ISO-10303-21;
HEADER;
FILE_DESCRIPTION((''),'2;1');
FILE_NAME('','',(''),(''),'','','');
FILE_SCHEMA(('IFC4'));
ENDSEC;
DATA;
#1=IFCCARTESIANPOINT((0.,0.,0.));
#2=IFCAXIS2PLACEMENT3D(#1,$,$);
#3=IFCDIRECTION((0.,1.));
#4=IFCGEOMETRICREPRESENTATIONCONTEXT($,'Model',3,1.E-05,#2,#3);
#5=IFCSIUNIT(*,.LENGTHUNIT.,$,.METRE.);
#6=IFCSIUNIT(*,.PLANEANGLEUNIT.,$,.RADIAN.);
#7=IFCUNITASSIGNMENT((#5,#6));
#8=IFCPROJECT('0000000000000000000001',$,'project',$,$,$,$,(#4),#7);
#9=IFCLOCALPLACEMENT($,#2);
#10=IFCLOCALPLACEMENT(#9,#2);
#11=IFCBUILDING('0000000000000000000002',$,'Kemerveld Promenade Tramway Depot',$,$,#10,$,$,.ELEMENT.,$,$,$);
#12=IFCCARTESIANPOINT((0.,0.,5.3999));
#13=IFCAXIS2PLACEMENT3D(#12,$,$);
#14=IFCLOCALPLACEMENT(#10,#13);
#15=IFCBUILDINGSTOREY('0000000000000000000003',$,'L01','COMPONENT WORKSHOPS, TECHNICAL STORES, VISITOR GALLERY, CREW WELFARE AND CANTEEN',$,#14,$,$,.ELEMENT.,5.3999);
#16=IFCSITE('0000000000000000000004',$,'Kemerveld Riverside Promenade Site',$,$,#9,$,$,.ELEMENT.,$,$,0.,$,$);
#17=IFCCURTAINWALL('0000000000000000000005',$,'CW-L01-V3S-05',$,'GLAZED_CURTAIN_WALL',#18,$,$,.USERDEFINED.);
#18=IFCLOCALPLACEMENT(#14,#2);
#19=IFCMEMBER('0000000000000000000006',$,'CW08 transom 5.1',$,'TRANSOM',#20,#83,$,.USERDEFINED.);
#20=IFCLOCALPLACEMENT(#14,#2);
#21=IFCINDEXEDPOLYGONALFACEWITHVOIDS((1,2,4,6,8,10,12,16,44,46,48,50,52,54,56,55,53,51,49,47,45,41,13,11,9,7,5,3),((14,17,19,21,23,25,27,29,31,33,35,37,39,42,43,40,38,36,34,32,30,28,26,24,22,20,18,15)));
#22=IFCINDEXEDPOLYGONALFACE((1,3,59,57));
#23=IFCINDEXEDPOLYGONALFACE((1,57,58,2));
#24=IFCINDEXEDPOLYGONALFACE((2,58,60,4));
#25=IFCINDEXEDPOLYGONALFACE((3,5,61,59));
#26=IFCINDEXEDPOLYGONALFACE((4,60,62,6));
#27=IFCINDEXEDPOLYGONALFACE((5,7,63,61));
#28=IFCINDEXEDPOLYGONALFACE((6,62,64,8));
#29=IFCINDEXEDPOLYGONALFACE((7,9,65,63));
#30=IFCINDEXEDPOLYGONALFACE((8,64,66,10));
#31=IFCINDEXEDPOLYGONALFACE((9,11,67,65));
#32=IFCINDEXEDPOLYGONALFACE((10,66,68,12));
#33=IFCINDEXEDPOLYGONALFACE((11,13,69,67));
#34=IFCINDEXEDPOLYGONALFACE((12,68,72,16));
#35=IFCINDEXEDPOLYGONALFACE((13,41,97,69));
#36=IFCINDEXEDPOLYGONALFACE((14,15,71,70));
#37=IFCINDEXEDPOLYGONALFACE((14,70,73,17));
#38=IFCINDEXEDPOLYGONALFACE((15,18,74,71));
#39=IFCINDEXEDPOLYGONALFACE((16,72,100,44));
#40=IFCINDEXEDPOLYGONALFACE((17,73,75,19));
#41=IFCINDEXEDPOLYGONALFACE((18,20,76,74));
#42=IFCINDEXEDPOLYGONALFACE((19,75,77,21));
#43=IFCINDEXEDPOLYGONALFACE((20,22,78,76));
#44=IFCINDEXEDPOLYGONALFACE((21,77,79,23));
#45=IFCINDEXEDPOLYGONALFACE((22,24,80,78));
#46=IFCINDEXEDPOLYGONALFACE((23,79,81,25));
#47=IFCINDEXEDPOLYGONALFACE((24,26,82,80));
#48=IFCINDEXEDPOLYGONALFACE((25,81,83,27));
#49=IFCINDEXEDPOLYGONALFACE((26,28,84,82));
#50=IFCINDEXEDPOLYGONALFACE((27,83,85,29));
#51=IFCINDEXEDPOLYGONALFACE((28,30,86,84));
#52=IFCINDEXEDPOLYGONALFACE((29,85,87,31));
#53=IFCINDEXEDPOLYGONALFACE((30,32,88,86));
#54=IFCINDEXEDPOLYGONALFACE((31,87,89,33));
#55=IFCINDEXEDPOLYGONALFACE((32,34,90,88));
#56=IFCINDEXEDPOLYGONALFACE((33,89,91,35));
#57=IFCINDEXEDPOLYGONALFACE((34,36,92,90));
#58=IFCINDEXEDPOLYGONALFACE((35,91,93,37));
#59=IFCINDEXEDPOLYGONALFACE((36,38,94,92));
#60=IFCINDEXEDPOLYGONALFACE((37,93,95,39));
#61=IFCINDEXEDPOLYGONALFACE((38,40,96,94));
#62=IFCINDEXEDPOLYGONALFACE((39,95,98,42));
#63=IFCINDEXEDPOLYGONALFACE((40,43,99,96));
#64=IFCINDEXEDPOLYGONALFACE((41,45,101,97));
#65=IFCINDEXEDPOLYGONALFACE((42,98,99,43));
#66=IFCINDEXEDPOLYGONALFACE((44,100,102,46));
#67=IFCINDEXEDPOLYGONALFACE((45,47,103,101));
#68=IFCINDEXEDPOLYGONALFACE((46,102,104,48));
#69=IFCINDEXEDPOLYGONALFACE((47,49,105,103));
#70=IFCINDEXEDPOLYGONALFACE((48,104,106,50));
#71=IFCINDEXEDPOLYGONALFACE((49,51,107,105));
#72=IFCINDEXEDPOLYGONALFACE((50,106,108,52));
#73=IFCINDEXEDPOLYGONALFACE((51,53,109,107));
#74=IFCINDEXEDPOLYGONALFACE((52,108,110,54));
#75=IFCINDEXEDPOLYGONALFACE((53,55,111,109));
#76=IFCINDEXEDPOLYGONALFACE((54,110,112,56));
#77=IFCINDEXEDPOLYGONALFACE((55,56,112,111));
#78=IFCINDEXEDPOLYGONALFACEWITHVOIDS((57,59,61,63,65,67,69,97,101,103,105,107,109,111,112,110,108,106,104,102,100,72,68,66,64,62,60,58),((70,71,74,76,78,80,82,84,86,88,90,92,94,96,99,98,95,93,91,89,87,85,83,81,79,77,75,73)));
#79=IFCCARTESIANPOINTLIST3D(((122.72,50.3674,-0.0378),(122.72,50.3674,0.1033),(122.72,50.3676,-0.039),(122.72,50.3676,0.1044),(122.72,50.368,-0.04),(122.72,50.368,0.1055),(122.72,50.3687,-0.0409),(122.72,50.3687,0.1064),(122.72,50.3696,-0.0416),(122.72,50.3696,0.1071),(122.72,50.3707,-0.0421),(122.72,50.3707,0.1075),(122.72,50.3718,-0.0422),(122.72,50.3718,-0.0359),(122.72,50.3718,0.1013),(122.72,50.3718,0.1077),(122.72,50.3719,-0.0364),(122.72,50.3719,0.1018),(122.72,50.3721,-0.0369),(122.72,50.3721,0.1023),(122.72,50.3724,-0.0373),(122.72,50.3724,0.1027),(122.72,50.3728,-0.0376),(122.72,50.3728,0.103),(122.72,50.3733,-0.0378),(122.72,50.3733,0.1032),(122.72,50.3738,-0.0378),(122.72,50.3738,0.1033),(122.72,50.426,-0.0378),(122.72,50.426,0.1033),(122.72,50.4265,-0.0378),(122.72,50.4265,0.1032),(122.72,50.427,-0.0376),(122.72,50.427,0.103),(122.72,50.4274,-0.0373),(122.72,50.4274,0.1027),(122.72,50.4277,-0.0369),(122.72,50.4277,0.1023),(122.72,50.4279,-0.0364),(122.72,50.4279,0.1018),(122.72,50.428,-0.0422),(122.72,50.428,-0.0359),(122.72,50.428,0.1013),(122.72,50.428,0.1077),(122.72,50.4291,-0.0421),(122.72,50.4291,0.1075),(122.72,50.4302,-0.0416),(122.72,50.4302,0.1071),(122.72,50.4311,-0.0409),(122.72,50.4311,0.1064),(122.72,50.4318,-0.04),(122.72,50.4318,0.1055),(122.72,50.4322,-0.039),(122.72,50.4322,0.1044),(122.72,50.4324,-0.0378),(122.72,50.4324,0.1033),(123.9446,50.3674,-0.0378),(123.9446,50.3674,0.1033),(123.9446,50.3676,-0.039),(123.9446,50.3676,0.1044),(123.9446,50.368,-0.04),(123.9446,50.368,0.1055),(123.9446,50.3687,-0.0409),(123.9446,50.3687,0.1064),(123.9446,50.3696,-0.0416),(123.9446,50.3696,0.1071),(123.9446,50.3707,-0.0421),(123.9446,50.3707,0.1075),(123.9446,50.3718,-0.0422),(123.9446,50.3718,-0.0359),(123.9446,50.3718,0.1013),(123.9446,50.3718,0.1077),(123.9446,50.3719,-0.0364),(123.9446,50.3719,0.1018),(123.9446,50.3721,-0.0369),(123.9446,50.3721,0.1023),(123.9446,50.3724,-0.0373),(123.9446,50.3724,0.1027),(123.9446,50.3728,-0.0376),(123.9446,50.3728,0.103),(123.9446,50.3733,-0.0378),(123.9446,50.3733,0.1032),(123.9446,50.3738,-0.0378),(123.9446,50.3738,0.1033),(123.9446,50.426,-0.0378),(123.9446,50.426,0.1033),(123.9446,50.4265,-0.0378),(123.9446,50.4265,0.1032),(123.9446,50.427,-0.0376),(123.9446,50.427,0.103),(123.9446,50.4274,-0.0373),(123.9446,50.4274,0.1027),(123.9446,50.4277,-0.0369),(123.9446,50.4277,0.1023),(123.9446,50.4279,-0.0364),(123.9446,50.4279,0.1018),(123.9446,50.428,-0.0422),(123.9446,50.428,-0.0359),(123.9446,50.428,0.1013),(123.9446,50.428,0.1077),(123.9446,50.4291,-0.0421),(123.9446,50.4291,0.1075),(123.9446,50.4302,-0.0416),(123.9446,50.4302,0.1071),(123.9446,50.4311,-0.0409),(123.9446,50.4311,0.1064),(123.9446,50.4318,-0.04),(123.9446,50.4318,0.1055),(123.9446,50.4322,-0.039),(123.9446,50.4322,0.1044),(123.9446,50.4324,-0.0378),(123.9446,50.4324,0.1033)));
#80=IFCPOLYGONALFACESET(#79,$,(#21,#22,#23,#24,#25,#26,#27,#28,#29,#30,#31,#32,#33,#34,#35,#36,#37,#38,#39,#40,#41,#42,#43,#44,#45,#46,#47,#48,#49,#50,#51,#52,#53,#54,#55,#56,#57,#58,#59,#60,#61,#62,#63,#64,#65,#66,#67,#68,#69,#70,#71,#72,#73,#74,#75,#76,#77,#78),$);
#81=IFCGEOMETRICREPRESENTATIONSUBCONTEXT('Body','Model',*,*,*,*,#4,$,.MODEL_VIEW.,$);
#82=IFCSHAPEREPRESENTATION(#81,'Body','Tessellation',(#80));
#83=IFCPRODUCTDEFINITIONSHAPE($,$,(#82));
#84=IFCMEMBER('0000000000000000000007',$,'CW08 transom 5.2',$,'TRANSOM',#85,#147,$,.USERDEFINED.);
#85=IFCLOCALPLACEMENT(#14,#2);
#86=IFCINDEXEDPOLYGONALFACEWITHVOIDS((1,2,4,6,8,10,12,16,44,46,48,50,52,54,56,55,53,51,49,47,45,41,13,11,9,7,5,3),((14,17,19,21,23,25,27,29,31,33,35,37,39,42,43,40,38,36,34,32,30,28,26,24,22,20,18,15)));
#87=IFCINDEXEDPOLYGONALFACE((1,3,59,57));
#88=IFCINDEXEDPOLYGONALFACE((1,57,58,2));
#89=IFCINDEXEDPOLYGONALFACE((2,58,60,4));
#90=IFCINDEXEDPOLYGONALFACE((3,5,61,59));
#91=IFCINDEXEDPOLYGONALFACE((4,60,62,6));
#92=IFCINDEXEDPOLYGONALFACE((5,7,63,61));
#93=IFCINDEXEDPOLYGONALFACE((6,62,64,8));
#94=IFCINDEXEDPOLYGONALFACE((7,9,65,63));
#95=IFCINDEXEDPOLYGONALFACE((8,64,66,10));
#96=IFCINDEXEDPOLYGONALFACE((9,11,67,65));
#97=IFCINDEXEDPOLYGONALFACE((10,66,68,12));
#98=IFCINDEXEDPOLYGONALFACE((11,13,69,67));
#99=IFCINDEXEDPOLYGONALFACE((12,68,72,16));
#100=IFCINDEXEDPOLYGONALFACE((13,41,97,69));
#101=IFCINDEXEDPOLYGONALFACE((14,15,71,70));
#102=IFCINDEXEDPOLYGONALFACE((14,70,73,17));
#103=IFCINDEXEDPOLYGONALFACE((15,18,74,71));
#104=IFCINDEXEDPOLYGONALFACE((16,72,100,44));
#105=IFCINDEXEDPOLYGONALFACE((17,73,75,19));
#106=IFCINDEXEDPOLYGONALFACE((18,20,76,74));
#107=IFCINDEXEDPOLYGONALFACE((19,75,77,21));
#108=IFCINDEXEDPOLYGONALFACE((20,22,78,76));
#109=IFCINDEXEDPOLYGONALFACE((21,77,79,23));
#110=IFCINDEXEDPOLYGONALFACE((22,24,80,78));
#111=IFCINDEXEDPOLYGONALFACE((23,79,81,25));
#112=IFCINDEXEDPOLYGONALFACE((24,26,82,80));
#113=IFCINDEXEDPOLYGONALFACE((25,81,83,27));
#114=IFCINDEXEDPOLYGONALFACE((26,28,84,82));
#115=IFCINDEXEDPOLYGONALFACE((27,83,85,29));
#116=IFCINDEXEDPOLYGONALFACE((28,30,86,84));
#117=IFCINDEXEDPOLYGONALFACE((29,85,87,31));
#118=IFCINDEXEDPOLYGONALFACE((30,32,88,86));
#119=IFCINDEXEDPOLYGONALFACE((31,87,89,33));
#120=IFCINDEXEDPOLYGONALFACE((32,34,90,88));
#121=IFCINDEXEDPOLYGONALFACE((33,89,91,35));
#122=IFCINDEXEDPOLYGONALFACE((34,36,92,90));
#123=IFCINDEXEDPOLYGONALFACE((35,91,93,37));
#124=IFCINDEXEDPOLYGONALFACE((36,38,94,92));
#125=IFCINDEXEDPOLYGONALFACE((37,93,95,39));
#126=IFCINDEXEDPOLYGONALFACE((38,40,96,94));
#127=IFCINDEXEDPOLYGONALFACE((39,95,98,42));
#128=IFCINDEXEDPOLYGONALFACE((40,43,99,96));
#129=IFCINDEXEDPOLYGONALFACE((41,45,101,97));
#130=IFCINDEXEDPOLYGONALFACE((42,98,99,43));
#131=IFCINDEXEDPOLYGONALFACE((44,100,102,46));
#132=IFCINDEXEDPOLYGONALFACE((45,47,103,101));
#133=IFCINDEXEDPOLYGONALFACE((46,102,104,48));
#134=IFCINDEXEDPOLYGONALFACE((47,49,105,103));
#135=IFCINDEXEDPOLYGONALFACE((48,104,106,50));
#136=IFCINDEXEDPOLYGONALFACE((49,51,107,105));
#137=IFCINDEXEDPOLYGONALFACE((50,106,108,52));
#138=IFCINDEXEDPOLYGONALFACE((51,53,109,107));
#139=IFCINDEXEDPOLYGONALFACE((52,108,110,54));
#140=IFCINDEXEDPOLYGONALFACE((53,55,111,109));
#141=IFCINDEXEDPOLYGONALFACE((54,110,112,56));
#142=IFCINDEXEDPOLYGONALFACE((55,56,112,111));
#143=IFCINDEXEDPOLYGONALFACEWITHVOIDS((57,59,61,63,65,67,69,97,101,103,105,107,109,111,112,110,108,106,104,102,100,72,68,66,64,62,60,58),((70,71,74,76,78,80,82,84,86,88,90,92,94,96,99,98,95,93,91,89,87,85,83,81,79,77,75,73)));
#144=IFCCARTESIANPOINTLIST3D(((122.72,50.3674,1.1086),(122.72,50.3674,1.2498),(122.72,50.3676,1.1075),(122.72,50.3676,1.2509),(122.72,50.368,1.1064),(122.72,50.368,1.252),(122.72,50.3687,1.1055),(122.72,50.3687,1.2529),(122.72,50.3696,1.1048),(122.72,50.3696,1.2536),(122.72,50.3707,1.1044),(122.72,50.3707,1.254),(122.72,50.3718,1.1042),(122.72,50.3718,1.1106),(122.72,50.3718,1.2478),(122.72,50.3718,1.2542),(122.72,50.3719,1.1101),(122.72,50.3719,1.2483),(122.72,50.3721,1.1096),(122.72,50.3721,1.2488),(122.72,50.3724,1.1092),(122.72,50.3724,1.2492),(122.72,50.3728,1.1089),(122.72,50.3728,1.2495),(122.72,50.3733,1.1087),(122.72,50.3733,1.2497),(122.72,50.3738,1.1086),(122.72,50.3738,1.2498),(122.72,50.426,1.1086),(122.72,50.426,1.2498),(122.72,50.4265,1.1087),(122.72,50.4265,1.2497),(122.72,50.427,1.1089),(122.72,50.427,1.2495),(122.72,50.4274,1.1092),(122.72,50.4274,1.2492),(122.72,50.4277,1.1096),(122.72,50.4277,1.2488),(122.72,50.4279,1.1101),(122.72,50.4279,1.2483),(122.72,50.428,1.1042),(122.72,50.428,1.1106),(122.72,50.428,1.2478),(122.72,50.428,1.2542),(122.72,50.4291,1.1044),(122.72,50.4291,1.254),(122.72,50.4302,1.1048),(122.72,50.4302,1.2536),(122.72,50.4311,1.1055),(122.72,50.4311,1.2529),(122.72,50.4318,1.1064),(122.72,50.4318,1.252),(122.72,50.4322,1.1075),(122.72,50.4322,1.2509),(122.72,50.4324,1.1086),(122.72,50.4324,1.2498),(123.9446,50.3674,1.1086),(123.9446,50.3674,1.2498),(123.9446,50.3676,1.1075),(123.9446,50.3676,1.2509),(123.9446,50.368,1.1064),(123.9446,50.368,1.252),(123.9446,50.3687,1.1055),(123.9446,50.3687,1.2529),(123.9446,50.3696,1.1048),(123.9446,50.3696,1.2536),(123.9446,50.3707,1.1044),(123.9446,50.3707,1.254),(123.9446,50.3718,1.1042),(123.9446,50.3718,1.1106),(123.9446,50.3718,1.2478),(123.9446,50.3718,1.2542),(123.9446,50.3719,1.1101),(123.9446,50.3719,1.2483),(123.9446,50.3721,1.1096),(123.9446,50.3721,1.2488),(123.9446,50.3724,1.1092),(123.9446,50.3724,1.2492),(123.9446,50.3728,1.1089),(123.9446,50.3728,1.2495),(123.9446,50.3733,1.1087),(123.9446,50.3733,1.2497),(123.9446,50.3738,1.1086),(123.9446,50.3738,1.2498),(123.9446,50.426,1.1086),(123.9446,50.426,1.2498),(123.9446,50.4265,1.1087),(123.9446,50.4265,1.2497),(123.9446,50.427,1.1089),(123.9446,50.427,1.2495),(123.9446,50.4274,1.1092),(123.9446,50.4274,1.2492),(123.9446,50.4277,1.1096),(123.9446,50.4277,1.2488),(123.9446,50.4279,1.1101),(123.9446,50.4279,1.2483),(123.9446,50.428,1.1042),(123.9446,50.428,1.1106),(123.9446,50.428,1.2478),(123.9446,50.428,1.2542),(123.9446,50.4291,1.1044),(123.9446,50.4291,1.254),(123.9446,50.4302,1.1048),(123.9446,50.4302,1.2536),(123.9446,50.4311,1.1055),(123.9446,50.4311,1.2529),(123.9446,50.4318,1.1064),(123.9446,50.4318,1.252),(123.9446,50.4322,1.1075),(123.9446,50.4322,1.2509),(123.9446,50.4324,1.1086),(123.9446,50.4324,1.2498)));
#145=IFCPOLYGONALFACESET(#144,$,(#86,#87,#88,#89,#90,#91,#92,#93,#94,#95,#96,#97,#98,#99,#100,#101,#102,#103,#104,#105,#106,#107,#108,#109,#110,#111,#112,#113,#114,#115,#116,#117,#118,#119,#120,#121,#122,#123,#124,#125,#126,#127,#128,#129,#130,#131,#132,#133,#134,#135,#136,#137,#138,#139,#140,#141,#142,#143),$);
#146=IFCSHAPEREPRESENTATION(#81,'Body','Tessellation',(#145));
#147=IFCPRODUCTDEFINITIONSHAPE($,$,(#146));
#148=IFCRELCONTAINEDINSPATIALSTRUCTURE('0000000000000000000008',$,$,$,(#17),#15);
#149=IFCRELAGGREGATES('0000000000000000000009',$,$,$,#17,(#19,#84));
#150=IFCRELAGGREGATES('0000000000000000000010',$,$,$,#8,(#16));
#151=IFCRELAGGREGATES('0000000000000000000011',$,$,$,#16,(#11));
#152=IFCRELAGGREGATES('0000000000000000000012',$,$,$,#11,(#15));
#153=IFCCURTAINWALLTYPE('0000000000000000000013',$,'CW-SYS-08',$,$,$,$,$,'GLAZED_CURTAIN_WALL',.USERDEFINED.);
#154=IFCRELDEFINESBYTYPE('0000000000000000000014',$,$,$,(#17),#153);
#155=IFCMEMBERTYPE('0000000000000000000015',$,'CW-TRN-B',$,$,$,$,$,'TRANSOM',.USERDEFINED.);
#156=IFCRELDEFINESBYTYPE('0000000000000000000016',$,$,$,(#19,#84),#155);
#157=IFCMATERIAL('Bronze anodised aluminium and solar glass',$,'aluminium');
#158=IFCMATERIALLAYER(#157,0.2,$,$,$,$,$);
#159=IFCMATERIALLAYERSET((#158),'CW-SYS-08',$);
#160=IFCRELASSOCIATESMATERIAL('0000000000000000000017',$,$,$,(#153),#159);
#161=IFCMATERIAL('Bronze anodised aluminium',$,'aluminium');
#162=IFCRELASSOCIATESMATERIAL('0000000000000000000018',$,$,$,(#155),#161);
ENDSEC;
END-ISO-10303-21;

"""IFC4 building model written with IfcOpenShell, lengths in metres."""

from ifc_helpers import new_model, si_unit, direction, frame, origin, origin_2d, place, context, subcontext, project, spatial, hollow_rectangle, extrude, material, layer, layer_set, material_profile, profile_set, type_object, element, aggregate, save


model = new_model("IFC4")

# Units and contexts
model_context = context("Model", 3, precision=1e-05, world=origin(), true_north=direction((0.0, 1.0)))
body_context = subcontext(model_context, "Body", "Model", "MODEL_VIEW")
ifc_project = project(units=[si_unit("LENGTHUNIT", "METRE"), si_unit("PLANEANGLEUNIT", "RADIAN")], contexts=[model_context])

# Site, building, storey
site_placement = place(None, origin())
site = spatial("IfcSite", under=ifc_project, at=site_placement, Name="Kemerveld Riverside Promenade Site", CompositionType="ELEMENT", RefElevation=0.0)
building_placement = place(site_placement, origin())
building = spatial("IfcBuilding", under=site, at=building_placement, Name="Kemerveld Promenade Tramway Depot", CompositionType="ELEMENT")
storey_placement = place(building_placement, frame((0.0, 0.0, 5.3999)))
storey = spatial("IfcBuildingStorey", under=building, at=storey_placement, Name="L01", Description="COMPONENT WORKSHOPS, TECHNICAL STORES, VISITOR GALLERY, CREW WELFARE AND CANTEEN", CompositionType="ELEMENT", Elevation=5.3999)

# Curtain wall, members
ifc_material_1 = material(Name="Bronze anodised aluminium and solar glass", Category="aluminium")
ifc_layer_1 = layer(ifc_material_1, 0.2)
ifc_layer_set_1 = layer_set([ifc_layer_1], Name="CW-SYS-08")
curtain_wall_type = type_object("IfcCurtainWallType", Name="CW-SYS-08", ElementType="GLAZED_CURTAIN_WALL", PredefinedType="USERDEFINED", material=ifc_layer_set_1)
curtain_wall_placement = place(storey_placement, origin())
curtain_wall = element("IfcCurtainWall", 1, at=curtain_wall_placement, inside=storey, type_object=curtain_wall_type, Name="CW-L01-V3S-05", ObjectType="GLAZED_CURTAIN_WALL", PredefinedType="USERDEFINED")
ifc_material_2 = material(Name="Bronze anodised aluminium", Category="aluminium")
ifc_material_profile_1 = material_profile(ifc_material_2, hollow_rectangle(XDim=0.0649, YDim=0.1499, WallThickness=0.0044, InnerFilletRadius=0.002, OuterFilletRadius=0.0044, at=origin_2d()), Name="CW-TRN-150x65")
ifc_profile_set_1 = profile_set([ifc_material_profile_1], Name="Bronze anodised aluminium")
member_type_1 = type_object("IfcMemberType", Name="CW-TRN-B", ElementType="TRANSOM", PredefinedType="USERDEFINED", material=ifc_profile_set_1)
member_1_placement = place(storey_placement, frame((123.9446, 50.3999, 0.0327), z_axis=(-1.0, 0.0, 0.0), x_axis=(0.0, -1.0, 0.0)))
member_1 = element("IfcMember", 2, at=member_1_placement, type_object=member_type_1, Name="CW08 transom 5.1", ObjectType="TRANSOM", PredefinedType="USERDEFINED", context=body_context, shape_type="SweptSolid", body=[
    extrude(hollow_rectangle(XDim=0.0649, YDim=0.1499, WallThickness=0.0044, InnerFilletRadius=0.002, OuterFilletRadius=0.0044, at=origin_2d()), origin(), (0.0, 0.0, 1.0), 1.2246),
])
member_2_placement = place(storey_placement, frame((123.9446, 50.3999, 1.1792), z_axis=(-1.0, 0.0, 0.0), x_axis=(0.0, -1.0, 0.0)))
member_2 = element("IfcMember", 3, at=member_2_placement, type_object=member_type_1, Name="CW08 transom 5.2", ObjectType="TRANSOM", PredefinedType="USERDEFINED", context=body_context, shape_type="SweptSolid", body=[
    extrude(hollow_rectangle(XDim=0.0649, YDim=0.1499, WallThickness=0.0044, InnerFilletRadius=0.002, OuterFilletRadius=0.0044, at=origin_2d()), origin(), (0.0, 0.0, 1.0), 1.2246),
])
aggregate(curtain_wall, [member_1, member_2])

save(model, "model.ifc")
